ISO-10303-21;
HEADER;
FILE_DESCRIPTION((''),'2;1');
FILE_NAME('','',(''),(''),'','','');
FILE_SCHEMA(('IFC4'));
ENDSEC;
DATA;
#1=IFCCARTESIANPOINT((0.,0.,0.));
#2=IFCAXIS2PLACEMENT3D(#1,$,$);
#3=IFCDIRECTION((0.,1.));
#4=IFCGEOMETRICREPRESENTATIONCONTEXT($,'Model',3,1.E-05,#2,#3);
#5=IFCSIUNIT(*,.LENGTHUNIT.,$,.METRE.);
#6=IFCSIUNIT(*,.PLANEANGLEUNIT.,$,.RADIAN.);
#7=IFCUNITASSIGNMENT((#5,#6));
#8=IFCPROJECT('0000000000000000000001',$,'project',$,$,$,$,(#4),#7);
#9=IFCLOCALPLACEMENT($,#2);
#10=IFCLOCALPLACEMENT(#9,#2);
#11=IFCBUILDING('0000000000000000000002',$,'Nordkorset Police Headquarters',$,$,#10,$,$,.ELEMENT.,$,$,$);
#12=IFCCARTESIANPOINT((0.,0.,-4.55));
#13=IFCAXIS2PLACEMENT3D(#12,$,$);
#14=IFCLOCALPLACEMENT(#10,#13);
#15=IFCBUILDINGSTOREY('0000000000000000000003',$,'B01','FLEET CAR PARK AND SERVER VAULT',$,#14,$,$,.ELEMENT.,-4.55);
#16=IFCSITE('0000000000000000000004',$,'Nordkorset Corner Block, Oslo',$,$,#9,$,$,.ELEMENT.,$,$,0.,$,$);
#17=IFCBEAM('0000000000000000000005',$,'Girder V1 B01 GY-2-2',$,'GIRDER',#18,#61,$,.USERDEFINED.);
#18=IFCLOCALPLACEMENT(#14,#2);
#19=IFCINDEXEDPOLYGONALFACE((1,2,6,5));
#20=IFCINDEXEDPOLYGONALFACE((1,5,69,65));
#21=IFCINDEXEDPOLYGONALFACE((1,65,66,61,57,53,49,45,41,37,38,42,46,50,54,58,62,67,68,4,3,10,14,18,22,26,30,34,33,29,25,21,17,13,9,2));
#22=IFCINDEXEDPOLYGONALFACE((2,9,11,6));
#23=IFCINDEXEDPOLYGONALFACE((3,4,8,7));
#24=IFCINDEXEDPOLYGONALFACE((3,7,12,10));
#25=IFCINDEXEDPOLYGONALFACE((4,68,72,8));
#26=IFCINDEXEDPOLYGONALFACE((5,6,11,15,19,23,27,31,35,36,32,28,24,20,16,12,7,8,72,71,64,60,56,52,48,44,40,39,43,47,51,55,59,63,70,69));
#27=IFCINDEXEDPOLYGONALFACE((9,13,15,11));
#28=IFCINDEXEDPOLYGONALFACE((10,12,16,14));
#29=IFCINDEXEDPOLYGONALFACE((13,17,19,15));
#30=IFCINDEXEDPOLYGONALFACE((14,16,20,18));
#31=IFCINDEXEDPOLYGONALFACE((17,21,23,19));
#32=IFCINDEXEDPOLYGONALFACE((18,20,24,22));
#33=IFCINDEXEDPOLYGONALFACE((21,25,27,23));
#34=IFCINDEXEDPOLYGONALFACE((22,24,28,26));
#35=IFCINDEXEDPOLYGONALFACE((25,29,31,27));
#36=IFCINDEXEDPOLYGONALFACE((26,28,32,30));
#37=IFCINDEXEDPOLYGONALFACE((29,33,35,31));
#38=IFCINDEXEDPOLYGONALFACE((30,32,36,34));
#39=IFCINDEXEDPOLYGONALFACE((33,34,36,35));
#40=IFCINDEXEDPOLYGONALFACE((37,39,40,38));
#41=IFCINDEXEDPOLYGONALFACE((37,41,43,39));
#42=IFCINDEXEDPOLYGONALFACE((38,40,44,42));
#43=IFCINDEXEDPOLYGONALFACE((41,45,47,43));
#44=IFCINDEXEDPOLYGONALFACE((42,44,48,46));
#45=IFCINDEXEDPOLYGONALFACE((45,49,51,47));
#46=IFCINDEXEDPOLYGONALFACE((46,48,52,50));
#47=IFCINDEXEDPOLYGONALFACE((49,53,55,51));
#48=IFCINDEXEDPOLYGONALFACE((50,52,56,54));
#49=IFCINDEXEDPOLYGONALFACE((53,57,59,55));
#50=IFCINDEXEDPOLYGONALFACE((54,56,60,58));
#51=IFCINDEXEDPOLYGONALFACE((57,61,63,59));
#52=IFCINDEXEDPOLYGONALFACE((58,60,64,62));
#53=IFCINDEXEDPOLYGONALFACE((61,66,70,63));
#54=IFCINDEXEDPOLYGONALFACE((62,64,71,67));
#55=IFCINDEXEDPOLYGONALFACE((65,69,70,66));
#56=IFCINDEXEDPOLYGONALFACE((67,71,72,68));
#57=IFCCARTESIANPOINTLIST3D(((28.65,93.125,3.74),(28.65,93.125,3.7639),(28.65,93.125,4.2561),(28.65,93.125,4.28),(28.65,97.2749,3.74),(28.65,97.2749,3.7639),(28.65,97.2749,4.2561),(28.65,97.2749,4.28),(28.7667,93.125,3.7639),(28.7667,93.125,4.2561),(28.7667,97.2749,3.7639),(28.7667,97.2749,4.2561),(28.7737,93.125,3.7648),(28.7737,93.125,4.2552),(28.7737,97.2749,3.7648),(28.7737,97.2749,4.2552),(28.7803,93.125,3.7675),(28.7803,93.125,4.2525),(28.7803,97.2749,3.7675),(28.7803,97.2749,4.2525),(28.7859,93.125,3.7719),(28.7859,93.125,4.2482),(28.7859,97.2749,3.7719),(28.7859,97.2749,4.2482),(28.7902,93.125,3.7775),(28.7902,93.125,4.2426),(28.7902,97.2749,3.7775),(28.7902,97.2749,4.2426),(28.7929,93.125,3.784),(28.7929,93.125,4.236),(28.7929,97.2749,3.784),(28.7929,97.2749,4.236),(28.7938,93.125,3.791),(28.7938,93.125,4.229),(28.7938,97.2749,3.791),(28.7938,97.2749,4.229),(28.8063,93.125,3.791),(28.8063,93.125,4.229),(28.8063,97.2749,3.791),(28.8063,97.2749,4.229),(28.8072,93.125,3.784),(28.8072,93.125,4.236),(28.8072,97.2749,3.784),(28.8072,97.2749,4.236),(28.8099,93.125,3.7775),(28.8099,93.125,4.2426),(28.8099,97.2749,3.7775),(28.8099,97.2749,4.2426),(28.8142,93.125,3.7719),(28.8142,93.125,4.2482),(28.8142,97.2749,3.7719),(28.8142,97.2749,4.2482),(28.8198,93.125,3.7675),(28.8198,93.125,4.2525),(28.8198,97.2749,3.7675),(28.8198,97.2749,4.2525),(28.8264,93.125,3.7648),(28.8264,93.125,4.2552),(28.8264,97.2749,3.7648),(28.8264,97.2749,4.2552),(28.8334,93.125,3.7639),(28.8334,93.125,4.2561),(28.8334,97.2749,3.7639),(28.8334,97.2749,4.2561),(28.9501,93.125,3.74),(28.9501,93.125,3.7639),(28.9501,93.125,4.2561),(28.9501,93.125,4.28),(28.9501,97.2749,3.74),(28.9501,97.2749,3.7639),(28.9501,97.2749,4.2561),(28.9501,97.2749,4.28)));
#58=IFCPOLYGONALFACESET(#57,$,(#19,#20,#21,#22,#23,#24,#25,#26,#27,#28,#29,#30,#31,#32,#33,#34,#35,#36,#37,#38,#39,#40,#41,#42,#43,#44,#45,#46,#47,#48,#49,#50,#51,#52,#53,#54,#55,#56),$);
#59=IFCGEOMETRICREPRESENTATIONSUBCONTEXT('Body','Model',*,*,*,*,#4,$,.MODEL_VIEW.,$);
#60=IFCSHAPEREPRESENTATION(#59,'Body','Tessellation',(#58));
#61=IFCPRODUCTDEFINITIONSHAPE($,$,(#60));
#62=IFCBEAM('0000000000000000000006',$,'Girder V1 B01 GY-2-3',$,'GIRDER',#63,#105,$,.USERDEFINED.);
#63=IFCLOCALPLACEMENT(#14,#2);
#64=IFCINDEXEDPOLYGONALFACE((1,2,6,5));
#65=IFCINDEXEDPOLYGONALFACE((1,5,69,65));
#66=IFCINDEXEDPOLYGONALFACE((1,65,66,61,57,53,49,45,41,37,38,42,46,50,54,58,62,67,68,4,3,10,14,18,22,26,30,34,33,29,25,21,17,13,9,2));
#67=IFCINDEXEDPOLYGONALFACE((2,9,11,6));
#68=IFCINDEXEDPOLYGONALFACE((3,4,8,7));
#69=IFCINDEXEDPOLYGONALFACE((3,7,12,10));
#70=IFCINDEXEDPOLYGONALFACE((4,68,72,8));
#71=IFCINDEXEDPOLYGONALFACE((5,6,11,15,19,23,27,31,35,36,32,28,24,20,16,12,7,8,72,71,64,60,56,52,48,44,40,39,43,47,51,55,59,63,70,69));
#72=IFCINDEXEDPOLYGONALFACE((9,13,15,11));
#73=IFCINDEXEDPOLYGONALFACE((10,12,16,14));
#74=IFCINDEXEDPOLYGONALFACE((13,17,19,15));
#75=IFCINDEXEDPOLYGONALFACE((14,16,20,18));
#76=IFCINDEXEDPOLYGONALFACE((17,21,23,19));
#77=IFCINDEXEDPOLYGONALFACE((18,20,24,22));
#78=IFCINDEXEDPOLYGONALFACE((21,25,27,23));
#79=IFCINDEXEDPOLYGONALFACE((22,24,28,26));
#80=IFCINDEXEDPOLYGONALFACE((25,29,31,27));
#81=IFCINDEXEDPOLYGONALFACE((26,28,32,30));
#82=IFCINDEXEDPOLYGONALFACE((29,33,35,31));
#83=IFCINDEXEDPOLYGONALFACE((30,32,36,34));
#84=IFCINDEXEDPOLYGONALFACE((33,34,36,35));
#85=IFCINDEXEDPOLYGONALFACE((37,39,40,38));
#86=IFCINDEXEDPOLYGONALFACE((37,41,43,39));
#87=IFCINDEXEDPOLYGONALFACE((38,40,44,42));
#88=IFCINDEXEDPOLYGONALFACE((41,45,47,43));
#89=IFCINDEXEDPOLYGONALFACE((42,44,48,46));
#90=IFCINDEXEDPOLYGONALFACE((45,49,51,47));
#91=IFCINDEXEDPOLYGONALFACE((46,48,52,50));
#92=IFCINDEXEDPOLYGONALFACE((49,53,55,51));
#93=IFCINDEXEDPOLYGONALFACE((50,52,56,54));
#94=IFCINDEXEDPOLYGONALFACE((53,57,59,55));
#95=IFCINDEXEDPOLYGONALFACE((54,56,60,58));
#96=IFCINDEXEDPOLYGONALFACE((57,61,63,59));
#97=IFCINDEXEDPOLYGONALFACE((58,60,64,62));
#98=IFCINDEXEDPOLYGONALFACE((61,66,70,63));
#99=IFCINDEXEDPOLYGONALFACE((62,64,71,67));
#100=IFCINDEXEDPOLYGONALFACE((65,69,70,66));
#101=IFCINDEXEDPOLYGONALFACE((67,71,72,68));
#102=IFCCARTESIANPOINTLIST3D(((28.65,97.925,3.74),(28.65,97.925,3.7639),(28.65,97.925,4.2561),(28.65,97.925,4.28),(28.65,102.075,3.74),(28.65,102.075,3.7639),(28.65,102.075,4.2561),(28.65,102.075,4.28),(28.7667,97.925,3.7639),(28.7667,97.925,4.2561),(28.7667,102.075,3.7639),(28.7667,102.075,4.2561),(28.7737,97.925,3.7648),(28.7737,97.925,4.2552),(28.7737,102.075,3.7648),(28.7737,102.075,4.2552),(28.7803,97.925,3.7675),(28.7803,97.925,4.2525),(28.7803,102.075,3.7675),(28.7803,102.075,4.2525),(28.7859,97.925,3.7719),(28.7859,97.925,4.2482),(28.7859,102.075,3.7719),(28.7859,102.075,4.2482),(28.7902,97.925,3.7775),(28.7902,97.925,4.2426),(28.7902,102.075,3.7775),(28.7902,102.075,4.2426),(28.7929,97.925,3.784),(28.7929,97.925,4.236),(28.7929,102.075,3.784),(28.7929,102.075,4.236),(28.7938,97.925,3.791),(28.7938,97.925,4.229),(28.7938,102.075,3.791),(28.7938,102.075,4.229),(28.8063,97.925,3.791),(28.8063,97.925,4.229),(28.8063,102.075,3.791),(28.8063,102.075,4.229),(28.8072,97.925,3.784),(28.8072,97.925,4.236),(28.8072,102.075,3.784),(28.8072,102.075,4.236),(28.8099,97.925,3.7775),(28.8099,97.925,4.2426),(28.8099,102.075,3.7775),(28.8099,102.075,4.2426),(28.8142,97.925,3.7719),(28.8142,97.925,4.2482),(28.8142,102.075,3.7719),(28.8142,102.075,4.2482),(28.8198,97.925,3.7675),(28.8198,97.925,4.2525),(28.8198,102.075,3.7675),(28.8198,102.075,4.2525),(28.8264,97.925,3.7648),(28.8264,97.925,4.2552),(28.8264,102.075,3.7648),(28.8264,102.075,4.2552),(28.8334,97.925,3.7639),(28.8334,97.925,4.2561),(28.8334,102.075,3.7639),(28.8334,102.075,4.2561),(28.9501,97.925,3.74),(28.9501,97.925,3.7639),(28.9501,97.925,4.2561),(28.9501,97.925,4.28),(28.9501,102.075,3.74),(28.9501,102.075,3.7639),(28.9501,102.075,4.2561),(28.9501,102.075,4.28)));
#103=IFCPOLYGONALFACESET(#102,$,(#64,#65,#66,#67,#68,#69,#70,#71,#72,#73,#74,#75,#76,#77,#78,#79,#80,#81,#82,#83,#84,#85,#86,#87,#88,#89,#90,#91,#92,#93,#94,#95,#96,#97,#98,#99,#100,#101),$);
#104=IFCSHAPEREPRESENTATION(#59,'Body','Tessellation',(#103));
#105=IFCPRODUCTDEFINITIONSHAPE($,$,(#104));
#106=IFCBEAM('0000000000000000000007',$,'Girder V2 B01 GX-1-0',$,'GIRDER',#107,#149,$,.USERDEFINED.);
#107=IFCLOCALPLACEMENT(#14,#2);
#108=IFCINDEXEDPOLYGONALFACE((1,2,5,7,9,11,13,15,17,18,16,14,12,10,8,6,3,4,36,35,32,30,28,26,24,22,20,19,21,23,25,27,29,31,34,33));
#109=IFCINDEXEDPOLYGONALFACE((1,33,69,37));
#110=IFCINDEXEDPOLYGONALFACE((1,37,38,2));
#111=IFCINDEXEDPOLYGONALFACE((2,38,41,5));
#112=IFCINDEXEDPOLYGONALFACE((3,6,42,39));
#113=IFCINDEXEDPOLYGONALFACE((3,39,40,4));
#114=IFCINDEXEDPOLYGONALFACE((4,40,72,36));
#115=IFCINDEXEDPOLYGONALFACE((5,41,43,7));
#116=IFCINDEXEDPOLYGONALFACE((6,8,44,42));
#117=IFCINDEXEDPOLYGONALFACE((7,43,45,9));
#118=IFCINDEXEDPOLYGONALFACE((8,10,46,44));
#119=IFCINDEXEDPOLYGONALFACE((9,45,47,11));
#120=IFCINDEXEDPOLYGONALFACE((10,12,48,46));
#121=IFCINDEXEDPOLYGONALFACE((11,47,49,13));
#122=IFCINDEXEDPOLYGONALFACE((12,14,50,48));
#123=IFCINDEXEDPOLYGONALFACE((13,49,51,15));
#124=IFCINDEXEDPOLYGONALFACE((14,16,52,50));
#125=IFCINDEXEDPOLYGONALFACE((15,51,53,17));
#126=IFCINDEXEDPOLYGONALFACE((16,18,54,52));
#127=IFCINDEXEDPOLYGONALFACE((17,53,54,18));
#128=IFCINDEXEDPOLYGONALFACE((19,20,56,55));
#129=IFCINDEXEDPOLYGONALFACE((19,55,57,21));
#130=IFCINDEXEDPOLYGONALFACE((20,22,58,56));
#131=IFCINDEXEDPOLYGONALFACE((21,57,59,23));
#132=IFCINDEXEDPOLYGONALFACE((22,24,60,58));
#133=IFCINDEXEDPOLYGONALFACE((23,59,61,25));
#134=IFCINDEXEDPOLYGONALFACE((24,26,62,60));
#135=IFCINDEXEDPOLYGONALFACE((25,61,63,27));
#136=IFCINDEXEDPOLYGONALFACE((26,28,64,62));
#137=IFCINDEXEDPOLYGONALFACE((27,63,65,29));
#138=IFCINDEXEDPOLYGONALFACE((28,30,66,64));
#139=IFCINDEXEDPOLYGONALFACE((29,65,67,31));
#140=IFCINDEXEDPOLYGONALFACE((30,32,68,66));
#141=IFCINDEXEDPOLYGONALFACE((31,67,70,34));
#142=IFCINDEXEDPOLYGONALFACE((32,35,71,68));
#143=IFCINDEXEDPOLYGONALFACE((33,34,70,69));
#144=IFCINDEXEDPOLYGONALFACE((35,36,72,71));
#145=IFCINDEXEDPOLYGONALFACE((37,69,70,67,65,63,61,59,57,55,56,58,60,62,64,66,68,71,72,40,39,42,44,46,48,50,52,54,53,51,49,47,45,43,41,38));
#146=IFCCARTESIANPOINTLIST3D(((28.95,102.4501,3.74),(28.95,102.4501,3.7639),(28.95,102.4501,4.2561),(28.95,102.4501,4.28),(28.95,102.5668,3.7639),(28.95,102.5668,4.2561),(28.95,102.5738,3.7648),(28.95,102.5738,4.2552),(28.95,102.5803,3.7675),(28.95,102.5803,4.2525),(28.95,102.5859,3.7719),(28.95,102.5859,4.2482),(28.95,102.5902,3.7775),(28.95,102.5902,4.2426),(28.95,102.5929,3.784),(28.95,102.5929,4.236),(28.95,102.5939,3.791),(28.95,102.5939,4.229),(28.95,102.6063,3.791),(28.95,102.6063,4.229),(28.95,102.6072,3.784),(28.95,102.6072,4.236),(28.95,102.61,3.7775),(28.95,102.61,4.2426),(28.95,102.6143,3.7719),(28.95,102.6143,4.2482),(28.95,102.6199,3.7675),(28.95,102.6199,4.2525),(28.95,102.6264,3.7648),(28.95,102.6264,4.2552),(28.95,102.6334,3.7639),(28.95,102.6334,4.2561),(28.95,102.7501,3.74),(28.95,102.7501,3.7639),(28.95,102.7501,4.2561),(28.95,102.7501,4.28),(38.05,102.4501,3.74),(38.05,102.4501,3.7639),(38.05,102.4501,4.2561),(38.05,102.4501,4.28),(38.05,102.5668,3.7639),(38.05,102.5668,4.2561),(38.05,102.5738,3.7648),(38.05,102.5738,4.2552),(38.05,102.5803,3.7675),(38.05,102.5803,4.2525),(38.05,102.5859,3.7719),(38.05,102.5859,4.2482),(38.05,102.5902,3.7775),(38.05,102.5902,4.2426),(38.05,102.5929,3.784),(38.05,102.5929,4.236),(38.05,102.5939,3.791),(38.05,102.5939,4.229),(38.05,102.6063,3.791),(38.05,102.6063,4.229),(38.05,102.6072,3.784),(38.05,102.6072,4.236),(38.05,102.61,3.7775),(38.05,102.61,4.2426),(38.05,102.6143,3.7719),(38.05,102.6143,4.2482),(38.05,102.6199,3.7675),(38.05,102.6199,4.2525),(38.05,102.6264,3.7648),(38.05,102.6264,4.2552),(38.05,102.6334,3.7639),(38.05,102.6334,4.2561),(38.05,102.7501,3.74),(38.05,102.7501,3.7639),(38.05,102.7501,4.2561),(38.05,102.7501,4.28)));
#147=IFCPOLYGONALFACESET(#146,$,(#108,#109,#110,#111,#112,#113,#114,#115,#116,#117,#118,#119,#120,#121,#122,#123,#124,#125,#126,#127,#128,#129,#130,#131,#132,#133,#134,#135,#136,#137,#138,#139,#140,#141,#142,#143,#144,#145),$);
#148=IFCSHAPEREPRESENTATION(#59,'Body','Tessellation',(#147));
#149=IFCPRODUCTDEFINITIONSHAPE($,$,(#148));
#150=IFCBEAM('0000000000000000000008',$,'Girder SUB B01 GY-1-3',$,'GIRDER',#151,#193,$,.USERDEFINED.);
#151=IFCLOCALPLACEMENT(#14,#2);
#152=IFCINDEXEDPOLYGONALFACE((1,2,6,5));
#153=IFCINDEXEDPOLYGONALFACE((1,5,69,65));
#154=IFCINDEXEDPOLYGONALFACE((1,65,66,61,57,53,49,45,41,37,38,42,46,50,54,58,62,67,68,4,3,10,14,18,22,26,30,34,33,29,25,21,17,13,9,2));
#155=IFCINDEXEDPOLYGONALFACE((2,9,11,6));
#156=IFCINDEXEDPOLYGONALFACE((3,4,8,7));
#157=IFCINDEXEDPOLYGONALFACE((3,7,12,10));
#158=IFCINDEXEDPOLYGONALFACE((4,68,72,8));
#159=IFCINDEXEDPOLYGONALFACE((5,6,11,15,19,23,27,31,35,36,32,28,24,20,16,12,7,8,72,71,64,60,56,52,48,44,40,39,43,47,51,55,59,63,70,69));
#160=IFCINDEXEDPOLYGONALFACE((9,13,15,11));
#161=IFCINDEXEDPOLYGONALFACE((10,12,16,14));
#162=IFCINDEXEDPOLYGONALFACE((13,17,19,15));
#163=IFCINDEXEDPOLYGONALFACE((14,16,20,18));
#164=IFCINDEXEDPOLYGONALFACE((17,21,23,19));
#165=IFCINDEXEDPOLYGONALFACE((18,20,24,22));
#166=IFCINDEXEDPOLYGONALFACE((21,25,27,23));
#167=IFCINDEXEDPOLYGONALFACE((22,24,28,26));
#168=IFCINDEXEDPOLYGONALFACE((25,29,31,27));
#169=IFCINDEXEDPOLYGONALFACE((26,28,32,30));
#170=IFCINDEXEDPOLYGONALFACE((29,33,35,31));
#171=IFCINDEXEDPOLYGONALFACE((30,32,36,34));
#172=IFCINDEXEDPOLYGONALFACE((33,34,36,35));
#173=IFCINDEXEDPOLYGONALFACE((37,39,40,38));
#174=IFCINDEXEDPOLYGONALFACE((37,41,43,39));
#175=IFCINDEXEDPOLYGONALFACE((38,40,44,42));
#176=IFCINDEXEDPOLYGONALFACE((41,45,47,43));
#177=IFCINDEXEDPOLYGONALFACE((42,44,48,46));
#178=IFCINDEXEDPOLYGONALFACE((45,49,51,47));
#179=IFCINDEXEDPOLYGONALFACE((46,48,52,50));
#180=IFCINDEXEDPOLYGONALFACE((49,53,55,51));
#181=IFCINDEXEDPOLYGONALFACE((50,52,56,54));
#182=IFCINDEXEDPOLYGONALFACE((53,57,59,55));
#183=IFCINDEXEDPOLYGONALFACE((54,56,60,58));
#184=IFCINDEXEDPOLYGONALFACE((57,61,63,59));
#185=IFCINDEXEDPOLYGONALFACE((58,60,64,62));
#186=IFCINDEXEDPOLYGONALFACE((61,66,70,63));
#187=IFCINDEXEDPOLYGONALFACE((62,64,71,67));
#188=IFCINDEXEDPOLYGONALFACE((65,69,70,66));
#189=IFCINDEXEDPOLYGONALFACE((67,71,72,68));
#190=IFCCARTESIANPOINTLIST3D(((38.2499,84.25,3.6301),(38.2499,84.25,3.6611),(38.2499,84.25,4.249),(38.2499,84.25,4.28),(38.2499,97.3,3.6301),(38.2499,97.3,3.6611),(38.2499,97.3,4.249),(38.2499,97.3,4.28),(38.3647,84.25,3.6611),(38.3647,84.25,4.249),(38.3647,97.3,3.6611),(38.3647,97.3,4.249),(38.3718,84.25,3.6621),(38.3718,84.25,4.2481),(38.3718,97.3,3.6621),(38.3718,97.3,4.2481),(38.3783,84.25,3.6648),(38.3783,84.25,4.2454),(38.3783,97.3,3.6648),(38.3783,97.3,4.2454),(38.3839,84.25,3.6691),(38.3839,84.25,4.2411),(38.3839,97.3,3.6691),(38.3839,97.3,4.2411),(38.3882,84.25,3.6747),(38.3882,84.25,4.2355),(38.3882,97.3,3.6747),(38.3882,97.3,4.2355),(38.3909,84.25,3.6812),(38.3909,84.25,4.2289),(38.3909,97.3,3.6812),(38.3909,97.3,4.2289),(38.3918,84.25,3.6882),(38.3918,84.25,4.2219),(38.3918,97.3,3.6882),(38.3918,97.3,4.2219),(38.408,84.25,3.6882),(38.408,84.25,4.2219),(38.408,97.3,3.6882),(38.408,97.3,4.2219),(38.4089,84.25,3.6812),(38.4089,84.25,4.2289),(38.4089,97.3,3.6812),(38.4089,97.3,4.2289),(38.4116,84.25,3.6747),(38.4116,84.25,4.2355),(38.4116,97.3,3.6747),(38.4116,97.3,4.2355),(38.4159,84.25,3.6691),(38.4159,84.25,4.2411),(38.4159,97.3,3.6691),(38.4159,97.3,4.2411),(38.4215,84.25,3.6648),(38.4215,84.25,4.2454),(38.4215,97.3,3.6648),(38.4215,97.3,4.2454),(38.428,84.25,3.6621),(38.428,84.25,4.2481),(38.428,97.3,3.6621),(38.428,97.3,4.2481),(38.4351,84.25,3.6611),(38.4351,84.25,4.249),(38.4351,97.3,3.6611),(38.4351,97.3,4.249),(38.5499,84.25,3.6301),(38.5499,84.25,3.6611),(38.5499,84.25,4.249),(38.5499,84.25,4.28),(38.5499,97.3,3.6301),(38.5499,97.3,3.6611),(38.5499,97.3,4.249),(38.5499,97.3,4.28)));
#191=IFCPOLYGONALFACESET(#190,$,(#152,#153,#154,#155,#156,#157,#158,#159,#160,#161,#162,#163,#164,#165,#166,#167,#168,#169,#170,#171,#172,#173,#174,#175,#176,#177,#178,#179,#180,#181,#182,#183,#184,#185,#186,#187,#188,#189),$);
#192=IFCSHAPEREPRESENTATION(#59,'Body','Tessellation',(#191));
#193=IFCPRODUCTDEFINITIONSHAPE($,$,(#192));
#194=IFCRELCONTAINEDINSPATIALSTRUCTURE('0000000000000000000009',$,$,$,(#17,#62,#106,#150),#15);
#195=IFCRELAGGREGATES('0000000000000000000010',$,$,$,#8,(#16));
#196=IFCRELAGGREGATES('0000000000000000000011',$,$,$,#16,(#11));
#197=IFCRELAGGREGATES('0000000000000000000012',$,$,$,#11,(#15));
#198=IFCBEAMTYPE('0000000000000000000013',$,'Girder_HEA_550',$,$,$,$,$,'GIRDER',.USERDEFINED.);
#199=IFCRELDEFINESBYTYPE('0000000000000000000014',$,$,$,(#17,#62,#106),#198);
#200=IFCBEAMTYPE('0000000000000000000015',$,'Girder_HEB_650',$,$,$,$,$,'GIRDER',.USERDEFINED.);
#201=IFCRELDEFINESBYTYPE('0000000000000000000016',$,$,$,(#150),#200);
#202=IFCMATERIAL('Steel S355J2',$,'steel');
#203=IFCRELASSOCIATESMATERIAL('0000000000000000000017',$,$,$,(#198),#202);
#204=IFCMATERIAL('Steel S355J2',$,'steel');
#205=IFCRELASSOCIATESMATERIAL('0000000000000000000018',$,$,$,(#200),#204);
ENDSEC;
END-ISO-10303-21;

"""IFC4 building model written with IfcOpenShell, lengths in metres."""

from ifc_helpers import new_model, si_unit, direction, frame, origin, origin_2d, place, context, subcontext, project, spatial, i_section, extrude, material, material_profile, profile_set, type_object, element, save


model = new_model("IFC4")

# Units and contexts
model_context = context("Model", 3, precision=1e-05, world=origin(), true_north=direction((0.0, 1.0)))
body_context = subcontext(model_context, "Body", "Model", "MODEL_VIEW")
ifc_project = project(units=[si_unit("LENGTHUNIT", "METRE"), si_unit("PLANEANGLEUNIT", "RADIAN")], contexts=[model_context])

# Site, building, storey
site_placement = place(None, origin())
site = spatial("IfcSite", under=ifc_project, at=site_placement, Name="Nordkorset Corner Block, Oslo", CompositionType="ELEMENT", RefElevation=0.0)
building_placement = place(site_placement, origin())
building = spatial("IfcBuilding", under=site, at=building_placement, Name="Nordkorset Police Headquarters", CompositionType="ELEMENT")
storey_placement = place(building_placement, frame((0.0, 0.0, -4.55)))
storey = spatial("IfcBuildingStorey", under=building, at=storey_placement, Name="B01", Description="FLEET CAR PARK AND SERVER VAULT", CompositionType="ELEMENT", Elevation=-4.55)

# Beams
ifc_material_1 = material(Name="Steel S355J2", Category="steel")
ifc_material_profile_1 = material_profile(ifc_material_1, i_section(OverallWidth=0.3, OverallDepth=0.54, WebThickness=0.0125, FlangeThickness=0.0239, FilletRadius=0.0271, at=origin_2d()), Name="HEA 550")
ifc_profile_set_1 = profile_set([ifc_material_profile_1], Name="Steel S355J2")
beam_type_1 = type_object("IfcBeamType", Name="Girder_HEA_550", ElementType="GIRDER", PredefinedType="USERDEFINED", material=ifc_profile_set_1)
for number, where, z_axis, x_axis, name in (
    (1, (28.8, 93.125, 4.01), (0.0, 1.0, 0.0), (-1.0, 0.0, 0.0), "Girder V1 B01 GY-2-2"),
    (2, (28.8, 97.925, 4.01), (0.0, 1.0, 0.0), (-1.0, 0.0, 0.0), "Girder V1 B01 GY-2-3"),
):
    element("IfcBeam", number, at=place(storey_placement, frame(where, z_axis=z_axis, x_axis=x_axis)), inside=storey, type_object=beam_type_1, Name=name, ObjectType="GIRDER", PredefinedType="USERDEFINED", context=body_context, shape_type="SweptSolid", body=[
        extrude(i_section(OverallWidth=0.3, OverallDepth=0.54, WebThickness=0.0125, FlangeThickness=0.0239, FilletRadius=0.0271, at=origin_2d()), origin(), (0.0, 0.0, 1.0), 4.1499),
    ])
beam_1_placement = place(storey_placement, frame((28.95, 102.6001, 4.01), z_axis=(1.0, 0.0, 0.0), x_axis=(0.0, 1.0, 0.0)))
element("IfcBeam", 3, at=beam_1_placement, inside=storey, type_object=beam_type_1, Name="Girder V2 B01 GX-1-0", ObjectType="GIRDER", PredefinedType="USERDEFINED", context=body_context, shape_type="SweptSolid", body=[
    extrude(i_section(OverallWidth=0.3, OverallDepth=0.54, WebThickness=0.0125, FlangeThickness=0.0239, FilletRadius=0.0271, at=origin_2d()), origin(), (0.0, 0.0, 1.0), 9.1001),
])
ifc_material_2 = material(Name="Steel S355J2", Category="steel")
ifc_material_profile_2 = material_profile(ifc_material_2, i_section(OverallWidth=0.3, OverallDepth=0.6499, WebThickness=0.0161, FlangeThickness=0.031, FilletRadius=0.0271, at=origin_2d()), Name="HEB 650")
ifc_profile_set_2 = profile_set([ifc_material_profile_2], Name="Steel S355J2")
beam_type_2 = type_object("IfcBeamType", Name="Girder_HEB_650", ElementType="GIRDER", PredefinedType="USERDEFINED", material=ifc_profile_set_2)
beam_2_placement = place(storey_placement, frame((38.3999, 84.25, 3.9551), z_axis=(0.0, 1.0, 0.0), x_axis=(-1.0, 0.0, 0.0)))
element("IfcBeam", 4, at=beam_2_placement, inside=storey, type_object=beam_type_2, Name="Girder SUB B01 GY-1-3", ObjectType="GIRDER", PredefinedType="USERDEFINED", context=body_context, shape_type="SweptSolid", body=[
    extrude(i_section(OverallWidth=0.3, OverallDepth=0.6499, WebThickness=0.0161, FlangeThickness=0.031, FilletRadius=0.0271, at=origin_2d()), origin(), (0.0, 0.0, 1.0), 13.05),
])

save(model, "model.ifc")
